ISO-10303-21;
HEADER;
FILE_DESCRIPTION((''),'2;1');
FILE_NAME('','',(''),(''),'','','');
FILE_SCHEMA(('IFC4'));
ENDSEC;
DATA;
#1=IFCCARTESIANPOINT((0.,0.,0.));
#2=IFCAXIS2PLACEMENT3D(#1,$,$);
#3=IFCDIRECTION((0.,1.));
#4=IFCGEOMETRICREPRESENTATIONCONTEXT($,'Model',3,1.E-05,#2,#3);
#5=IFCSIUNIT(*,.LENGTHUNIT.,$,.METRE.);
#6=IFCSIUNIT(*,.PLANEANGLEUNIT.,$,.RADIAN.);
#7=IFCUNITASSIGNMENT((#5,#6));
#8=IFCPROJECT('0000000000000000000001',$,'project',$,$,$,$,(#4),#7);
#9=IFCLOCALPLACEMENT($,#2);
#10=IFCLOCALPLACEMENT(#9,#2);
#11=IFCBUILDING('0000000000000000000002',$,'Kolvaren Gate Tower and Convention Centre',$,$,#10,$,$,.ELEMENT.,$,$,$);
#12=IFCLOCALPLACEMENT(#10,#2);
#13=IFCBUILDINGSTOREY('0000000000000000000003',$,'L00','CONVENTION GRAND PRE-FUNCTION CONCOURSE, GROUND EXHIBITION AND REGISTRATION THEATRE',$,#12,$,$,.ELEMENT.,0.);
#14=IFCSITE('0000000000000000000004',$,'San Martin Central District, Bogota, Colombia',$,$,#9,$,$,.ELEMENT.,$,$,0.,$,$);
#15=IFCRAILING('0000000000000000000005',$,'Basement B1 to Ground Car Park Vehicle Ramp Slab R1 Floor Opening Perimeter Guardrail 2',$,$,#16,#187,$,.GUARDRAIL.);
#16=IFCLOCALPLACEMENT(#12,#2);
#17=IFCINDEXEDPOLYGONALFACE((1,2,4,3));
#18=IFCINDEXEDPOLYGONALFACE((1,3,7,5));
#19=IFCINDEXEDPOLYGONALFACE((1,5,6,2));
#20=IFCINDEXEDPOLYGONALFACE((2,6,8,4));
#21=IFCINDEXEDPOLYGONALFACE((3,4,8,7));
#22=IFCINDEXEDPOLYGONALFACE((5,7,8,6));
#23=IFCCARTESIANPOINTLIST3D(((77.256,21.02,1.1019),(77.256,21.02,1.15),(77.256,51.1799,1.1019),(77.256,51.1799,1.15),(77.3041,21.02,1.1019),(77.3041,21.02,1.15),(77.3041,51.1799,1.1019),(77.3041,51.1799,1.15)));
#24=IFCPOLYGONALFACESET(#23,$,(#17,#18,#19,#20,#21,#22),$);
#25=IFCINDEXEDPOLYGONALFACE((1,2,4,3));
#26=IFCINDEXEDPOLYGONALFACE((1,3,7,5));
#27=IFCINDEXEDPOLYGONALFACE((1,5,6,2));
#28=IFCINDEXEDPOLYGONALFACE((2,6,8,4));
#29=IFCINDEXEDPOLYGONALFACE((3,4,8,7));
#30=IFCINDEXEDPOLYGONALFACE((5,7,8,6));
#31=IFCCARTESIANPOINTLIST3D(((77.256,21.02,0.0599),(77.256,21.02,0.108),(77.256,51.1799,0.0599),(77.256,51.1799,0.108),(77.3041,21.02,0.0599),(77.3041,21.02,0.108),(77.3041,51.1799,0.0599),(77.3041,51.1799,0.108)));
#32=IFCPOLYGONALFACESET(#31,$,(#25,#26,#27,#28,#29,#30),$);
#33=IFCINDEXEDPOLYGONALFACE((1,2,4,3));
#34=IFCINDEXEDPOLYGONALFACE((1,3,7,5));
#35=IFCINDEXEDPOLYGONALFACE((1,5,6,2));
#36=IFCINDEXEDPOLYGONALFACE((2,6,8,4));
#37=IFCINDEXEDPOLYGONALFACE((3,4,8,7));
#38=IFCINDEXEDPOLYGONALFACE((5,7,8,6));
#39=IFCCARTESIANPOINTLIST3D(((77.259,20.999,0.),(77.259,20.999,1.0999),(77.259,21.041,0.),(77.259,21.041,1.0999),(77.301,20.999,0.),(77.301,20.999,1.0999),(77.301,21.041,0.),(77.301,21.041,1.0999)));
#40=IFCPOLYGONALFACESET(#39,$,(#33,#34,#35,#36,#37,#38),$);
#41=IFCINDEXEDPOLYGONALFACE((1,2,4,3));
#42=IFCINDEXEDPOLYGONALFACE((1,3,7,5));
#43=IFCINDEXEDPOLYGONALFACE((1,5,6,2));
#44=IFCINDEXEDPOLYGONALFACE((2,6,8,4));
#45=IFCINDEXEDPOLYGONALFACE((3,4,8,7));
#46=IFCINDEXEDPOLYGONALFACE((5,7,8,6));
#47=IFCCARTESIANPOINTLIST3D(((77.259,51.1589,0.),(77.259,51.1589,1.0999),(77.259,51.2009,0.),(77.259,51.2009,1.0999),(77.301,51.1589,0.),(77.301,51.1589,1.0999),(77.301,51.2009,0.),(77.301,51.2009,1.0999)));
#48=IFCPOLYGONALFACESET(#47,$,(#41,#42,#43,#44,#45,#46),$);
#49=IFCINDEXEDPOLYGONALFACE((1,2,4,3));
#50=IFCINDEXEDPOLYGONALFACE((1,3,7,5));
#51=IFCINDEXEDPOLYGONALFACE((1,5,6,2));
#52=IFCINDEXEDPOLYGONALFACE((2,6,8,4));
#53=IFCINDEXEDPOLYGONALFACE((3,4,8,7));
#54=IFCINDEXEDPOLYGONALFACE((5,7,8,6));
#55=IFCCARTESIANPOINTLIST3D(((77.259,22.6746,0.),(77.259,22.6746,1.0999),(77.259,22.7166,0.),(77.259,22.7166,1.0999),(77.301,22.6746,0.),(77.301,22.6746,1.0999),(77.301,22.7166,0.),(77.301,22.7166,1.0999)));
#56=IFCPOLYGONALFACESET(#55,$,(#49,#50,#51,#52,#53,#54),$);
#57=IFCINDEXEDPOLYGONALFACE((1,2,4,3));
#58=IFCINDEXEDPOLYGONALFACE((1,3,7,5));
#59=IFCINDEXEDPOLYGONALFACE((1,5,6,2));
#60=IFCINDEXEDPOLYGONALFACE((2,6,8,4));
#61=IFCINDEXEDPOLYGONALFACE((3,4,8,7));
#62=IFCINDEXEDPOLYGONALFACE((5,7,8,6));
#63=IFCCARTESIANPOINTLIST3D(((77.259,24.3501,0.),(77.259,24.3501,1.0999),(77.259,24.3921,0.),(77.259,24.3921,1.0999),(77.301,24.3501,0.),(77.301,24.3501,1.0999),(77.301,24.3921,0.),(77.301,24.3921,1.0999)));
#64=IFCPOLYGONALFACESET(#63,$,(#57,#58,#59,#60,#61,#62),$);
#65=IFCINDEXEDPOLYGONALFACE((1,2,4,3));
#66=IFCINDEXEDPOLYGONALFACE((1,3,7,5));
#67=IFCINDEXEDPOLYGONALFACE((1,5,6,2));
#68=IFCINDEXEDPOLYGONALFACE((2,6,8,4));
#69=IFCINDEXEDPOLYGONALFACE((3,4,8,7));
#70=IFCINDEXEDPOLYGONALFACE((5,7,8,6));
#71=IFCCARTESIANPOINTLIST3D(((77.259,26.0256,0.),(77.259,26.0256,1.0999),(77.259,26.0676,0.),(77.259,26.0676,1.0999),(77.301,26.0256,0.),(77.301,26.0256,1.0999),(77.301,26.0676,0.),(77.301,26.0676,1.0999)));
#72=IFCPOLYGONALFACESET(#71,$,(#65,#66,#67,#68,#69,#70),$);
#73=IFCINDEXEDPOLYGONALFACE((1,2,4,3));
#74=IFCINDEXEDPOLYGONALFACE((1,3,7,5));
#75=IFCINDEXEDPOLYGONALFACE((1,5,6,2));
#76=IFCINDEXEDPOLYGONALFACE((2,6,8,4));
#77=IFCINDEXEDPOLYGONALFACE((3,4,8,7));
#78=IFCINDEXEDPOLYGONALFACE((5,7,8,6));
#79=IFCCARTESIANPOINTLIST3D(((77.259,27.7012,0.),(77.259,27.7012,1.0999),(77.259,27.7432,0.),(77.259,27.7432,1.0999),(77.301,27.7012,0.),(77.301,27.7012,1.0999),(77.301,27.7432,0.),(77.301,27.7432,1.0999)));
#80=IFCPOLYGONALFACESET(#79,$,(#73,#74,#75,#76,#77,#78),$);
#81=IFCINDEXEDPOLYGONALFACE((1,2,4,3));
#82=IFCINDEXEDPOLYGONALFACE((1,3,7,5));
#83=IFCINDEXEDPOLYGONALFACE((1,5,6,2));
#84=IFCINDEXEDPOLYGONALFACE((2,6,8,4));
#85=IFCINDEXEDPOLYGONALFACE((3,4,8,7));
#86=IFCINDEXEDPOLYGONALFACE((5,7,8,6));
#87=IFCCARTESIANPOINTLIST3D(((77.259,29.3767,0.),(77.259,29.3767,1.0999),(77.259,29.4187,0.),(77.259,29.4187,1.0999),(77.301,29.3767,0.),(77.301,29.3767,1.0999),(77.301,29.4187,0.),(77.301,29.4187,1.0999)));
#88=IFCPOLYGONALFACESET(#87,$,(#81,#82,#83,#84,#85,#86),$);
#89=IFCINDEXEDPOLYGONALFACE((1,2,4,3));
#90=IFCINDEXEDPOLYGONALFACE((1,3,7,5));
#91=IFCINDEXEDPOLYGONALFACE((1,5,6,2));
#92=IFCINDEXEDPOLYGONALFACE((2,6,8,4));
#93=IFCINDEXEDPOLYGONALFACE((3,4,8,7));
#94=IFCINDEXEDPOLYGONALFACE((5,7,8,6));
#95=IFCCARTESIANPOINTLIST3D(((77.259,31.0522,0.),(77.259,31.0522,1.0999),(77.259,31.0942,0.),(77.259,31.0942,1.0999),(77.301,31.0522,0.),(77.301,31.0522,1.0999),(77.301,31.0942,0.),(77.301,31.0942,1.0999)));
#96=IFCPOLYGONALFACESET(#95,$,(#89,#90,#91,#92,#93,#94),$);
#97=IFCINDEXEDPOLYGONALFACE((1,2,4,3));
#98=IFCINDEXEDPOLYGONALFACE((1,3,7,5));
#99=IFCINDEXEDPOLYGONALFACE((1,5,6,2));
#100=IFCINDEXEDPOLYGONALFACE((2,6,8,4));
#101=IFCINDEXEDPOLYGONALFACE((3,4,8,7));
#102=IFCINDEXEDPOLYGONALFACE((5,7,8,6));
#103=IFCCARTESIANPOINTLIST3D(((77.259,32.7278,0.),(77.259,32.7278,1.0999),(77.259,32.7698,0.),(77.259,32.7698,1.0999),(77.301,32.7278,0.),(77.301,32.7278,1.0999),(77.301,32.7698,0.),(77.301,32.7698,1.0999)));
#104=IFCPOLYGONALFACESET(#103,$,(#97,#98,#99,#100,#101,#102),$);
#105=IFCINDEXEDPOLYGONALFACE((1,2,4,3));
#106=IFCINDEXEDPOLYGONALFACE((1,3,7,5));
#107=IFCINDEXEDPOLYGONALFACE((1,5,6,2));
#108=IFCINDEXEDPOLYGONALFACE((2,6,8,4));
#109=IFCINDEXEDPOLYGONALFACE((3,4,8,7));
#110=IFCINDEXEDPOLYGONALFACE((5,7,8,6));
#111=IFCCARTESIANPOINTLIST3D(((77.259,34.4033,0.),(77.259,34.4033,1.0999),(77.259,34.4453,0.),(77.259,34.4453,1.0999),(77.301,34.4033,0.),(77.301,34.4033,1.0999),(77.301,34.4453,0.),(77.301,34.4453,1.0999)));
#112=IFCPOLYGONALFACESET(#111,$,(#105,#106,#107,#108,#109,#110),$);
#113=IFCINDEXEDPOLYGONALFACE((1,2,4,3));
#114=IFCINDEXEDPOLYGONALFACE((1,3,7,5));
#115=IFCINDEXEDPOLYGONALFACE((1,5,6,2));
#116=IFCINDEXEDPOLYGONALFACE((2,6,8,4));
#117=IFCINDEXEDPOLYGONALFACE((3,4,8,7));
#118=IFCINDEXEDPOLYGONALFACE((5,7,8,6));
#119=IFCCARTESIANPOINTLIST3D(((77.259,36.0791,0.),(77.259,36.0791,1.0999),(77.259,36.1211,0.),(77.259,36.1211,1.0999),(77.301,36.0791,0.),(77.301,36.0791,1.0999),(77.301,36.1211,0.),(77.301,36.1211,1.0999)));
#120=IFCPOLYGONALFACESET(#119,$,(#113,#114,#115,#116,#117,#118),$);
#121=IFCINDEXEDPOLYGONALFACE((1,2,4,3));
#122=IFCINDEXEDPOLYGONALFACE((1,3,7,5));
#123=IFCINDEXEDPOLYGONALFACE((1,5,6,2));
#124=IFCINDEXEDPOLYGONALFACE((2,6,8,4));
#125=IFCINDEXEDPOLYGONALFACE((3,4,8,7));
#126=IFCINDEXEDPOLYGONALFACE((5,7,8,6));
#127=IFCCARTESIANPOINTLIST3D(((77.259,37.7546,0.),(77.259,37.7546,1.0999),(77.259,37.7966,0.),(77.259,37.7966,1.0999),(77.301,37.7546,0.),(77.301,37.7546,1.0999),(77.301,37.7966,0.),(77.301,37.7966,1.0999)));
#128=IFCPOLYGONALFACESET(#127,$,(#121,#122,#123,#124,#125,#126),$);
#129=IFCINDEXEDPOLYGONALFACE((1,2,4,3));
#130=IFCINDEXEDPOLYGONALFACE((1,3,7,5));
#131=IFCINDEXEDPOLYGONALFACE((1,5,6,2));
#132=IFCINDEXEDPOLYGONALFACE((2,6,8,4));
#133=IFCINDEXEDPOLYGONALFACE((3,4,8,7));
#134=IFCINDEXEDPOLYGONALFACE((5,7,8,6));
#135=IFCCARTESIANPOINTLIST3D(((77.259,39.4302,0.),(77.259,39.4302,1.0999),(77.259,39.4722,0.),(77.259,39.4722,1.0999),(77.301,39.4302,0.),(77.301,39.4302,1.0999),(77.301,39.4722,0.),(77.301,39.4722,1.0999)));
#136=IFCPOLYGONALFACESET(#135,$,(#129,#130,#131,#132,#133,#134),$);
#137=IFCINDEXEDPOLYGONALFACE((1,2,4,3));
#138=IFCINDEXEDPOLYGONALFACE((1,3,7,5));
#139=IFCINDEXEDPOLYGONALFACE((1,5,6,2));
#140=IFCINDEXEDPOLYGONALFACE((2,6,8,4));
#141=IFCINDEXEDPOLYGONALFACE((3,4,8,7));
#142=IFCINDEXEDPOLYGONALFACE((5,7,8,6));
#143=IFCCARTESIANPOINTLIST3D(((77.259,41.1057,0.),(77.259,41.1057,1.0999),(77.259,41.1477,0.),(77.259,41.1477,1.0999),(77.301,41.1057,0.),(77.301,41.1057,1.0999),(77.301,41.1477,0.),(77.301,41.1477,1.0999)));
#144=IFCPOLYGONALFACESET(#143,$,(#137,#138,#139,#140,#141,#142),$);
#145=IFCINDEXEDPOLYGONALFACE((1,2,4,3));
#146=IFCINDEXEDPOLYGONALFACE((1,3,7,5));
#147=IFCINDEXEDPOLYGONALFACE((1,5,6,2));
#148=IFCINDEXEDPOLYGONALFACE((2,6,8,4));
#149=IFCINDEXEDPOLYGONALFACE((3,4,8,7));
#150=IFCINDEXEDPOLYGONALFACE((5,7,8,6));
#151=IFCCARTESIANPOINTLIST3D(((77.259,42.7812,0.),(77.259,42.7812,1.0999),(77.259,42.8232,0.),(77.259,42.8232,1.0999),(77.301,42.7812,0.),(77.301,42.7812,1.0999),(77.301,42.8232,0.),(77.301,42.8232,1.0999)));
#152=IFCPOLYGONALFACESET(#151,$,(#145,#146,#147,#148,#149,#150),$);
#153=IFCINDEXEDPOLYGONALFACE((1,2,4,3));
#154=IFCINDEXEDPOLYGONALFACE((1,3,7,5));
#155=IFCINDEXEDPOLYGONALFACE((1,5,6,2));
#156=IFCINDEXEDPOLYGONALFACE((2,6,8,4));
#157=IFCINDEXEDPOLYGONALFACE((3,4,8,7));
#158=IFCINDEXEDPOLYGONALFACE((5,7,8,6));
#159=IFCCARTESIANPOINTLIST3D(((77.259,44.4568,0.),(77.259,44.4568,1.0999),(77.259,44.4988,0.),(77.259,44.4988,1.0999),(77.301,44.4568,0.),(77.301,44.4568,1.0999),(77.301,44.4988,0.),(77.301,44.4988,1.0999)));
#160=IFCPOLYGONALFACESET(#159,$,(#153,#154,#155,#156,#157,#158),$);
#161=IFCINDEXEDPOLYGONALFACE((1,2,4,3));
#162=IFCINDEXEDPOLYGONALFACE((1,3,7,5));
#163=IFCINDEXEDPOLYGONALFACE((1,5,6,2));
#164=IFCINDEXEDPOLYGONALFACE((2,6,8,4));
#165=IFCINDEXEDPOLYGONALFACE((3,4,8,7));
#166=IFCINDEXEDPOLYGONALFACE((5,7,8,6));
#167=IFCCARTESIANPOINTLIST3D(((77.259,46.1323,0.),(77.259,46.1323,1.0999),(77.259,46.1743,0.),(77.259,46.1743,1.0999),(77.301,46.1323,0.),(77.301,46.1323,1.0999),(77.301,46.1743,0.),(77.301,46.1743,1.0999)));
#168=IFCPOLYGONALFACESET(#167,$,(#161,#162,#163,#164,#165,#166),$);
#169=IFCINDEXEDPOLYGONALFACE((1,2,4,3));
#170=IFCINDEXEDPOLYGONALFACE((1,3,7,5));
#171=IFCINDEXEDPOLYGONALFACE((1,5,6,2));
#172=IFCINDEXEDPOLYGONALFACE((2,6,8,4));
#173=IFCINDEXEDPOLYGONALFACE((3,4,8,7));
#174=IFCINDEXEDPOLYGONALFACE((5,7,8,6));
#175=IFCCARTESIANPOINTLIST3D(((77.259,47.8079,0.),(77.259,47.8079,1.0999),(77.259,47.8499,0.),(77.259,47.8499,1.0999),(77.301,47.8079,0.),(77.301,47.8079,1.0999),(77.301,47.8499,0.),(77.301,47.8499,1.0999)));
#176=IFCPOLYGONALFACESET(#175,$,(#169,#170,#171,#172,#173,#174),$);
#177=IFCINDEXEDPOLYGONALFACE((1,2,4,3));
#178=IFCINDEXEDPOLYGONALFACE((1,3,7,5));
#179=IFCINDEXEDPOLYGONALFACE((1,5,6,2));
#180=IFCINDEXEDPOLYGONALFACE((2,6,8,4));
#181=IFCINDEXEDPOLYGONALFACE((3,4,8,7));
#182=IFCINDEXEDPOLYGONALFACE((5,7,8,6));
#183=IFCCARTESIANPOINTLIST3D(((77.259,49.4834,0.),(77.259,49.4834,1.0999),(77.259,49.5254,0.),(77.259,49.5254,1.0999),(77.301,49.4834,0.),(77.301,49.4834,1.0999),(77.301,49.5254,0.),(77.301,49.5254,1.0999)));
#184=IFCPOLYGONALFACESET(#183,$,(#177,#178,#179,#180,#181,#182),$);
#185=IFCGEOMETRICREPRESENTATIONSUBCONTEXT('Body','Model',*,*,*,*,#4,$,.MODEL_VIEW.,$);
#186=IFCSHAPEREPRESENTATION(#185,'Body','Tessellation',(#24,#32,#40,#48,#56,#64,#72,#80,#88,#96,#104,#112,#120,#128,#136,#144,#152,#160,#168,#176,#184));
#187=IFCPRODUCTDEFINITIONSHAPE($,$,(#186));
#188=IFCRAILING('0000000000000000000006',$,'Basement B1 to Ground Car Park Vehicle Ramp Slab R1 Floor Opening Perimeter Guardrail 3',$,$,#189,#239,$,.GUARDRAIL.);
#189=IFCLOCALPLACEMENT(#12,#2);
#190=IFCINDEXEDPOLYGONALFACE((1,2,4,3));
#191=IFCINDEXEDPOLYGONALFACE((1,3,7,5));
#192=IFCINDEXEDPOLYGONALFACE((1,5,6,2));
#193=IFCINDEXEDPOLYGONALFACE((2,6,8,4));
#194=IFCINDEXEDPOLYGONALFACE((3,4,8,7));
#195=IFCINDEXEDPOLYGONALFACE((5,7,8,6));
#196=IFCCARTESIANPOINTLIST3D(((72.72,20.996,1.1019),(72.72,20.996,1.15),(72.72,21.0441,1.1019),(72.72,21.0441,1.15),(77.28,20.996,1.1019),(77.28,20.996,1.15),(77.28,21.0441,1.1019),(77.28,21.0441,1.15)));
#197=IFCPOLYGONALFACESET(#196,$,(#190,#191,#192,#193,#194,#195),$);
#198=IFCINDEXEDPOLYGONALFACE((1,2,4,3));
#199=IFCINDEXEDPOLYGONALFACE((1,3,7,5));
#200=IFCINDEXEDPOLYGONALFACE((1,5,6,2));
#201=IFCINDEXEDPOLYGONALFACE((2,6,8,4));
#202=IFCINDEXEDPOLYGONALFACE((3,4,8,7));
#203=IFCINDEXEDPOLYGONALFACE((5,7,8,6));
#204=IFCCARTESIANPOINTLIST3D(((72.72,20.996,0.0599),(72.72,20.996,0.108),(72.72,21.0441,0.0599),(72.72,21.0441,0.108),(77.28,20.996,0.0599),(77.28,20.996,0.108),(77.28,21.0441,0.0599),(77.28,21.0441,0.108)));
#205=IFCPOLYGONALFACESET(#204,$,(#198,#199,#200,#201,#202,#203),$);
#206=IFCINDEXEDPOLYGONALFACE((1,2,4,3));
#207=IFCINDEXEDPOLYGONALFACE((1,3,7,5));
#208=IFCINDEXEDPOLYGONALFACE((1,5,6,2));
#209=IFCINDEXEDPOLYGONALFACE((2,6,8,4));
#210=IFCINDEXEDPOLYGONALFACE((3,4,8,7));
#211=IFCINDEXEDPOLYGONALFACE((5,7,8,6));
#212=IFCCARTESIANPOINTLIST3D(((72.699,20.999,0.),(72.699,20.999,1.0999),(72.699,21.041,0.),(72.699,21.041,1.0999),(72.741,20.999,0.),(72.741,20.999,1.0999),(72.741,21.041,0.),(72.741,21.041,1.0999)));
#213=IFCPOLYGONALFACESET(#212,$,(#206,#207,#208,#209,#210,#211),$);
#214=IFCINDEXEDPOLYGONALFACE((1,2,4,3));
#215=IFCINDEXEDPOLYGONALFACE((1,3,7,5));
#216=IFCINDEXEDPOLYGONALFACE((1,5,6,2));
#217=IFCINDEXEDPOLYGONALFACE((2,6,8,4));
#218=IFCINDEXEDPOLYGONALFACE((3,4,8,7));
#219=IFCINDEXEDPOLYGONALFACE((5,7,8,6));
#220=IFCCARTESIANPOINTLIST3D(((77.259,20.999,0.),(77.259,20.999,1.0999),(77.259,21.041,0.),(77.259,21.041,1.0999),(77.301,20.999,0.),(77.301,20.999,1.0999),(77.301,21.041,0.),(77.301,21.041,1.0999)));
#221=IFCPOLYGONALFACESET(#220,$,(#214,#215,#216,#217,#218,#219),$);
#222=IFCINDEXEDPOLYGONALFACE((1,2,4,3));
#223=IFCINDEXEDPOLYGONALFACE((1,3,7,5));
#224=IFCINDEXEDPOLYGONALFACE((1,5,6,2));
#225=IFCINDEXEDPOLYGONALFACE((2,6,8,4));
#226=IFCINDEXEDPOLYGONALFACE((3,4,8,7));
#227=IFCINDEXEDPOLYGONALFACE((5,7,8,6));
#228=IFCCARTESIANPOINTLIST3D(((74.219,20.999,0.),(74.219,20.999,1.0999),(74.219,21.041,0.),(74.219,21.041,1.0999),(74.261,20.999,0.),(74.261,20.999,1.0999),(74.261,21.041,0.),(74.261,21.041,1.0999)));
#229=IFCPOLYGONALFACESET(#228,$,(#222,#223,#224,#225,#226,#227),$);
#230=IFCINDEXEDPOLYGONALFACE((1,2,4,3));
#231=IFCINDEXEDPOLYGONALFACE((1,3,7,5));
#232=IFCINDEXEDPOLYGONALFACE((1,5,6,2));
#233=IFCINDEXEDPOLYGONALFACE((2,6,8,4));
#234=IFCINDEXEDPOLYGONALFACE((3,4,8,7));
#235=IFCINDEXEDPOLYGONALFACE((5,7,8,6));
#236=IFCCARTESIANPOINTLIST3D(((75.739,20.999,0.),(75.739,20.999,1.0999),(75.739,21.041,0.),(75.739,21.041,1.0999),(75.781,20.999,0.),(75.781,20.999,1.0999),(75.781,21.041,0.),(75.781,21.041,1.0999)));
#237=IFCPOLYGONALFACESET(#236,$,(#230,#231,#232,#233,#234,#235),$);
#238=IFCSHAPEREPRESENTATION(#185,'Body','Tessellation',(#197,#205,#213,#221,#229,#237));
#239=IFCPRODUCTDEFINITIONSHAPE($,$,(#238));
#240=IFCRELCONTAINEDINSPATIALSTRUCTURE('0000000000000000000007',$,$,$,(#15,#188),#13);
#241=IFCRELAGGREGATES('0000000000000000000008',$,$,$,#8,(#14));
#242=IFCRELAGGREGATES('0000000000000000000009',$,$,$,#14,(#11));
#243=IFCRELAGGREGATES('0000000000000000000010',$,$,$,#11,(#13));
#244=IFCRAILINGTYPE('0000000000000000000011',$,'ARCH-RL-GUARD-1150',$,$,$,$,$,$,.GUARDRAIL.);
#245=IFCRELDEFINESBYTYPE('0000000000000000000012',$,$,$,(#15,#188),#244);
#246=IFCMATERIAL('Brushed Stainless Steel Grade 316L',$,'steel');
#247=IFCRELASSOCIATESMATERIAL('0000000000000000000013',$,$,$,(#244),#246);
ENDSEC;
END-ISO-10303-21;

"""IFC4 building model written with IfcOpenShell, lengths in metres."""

from ifc_helpers import new_model, si_unit, direction, frame, origin, origin_2d, place, context, subcontext, project, spatial, rectangle, extrude, material, type_object, element, save


model = new_model("IFC4")

# Units and contexts
model_context = context("Model", 3, precision=1e-05, world=origin(), true_north=direction((0.0, 1.0)))
body_context = subcontext(model_context, "Body", "Model", "MODEL_VIEW")
ifc_project = project(units=[si_unit("LENGTHUNIT", "METRE"), si_unit("PLANEANGLEUNIT", "RADIAN")], contexts=[model_context])

# Site, building, storey
site_placement = place(None, origin())
site = spatial("IfcSite", under=ifc_project, at=site_placement, Name="San Martin Central District, Bogota, Colombia", CompositionType="ELEMENT", RefElevation=0.0)
building_placement = place(site_placement, origin())
building = spatial("IfcBuilding", under=site, at=building_placement, Name="Kolvaren Gate Tower and Convention Centre", CompositionType="ELEMENT")
storey_placement = place(building_placement, origin())
storey = spatial("IfcBuildingStorey", under=building, at=storey_placement, Name="L00", Description="CONVENTION GRAND PRE-FUNCTION CONCOURSE, GROUND EXHIBITION AND REGISTRATION THEATRE", CompositionType="ELEMENT", Elevation=0.0)

# Railings
ifc_material_1 = material(Name="Brushed Stainless Steel Grade 316L", Category="steel")
railing_type = type_object("IfcRailingType", Name="ARCH-RL-GUARD-1150", PredefinedType="GUARDRAIL", material=ifc_material_1)
railing_1_placement = place(storey_placement, frame((77.28, 21.02, 0.0)))
element("IfcRailing", 1, at=railing_1_placement, inside=storey, type_object=railing_type, Name="Basement B1 to Ground Car Park Vehicle Ramp Slab R1 Floor Opening Perimeter Guardrail 2", PredefinedType="GUARDRAIL", context=body_context, shape_type="SweptSolid", body=[
    extrude(rectangle(XDim=0.0481, YDim=0.0481, at=origin_2d()), frame((0.0, 0.0, 1.126), z_axis=(0.0, 1.0, 0.0), x_axis=(-1.0, 0.0, 0.0)), (0.0, 0.0, 1.0), 30.1599),
    extrude(rectangle(XDim=0.0481, YDim=0.0481, at=origin_2d()), frame((0.0, 0.0, 0.084), z_axis=(0.0, 1.0, 0.0), x_axis=(-1.0, 0.0, 0.0)), (0.0, 0.0, 1.0), 30.1599),
    extrude(rectangle(XDim=0.042, YDim=0.042, at=origin_2d()), origin(), (0.0, 0.0, 1.0), 1.0999),
    extrude(rectangle(XDim=0.042, YDim=0.042, at=origin_2d()), frame((0.0, 30.1599, 0.0)), (0.0, 0.0, 1.0), 1.0999),
    extrude(rectangle(XDim=0.042, YDim=0.042, at=origin_2d()), frame((0.0, 1.6755, 0.0)), (0.0, 0.0, 1.0), 1.0999),
    extrude(rectangle(XDim=0.042, YDim=0.042, at=origin_2d()), frame((0.0, 3.3511, 0.0)), (0.0, 0.0, 1.0), 1.0999),
    extrude(rectangle(XDim=0.042, YDim=0.042, at=origin_2d()), frame((0.0, 5.0266, 0.0)), (0.0, 0.0, 1.0), 1.0999),
    extrude(rectangle(XDim=0.042, YDim=0.042, at=origin_2d()), frame((0.0, 6.7021, 0.0)), (0.0, 0.0, 1.0), 1.0999),
    extrude(rectangle(XDim=0.042, YDim=0.042, at=origin_2d()), frame((0.0, 8.3777, 0.0)), (0.0, 0.0, 1.0), 1.0999),
    extrude(rectangle(XDim=0.042, YDim=0.042, at=origin_2d()), frame((0.0, 10.0532, 0.0)), (0.0, 0.0, 1.0), 1.0999),
    extrude(rectangle(XDim=0.042, YDim=0.042, at=origin_2d()), frame((0.0, 11.7288, 0.0)), (0.0, 0.0, 1.0), 1.0999),
    extrude(rectangle(XDim=0.042, YDim=0.042, at=origin_2d()), frame((0.0, 13.4043, 0.0)), (0.0, 0.0, 1.0), 1.0999),
    extrude(rectangle(XDim=0.042, YDim=0.042, at=origin_2d()), frame((0.0, 15.0801, 0.0)), (0.0, 0.0, 1.0), 1.0999),
    extrude(rectangle(XDim=0.042, YDim=0.042, at=origin_2d()), frame((0.0, 16.7556, 0.0)), (0.0, 0.0, 1.0), 1.0999),
    extrude(rectangle(XDim=0.042, YDim=0.042, at=origin_2d()), frame((0.0, 18.4312, 0.0)), (0.0, 0.0, 1.0), 1.0999),
    extrude(rectangle(XDim=0.042, YDim=0.042, at=origin_2d()), frame((0.0, 20.1067, 0.0)), (0.0, 0.0, 1.0), 1.0999),
    extrude(rectangle(XDim=0.042, YDim=0.042, at=origin_2d()), frame((0.0, 21.7822, 0.0)), (0.0, 0.0, 1.0), 1.0999),
    extrude(rectangle(XDim=0.042, YDim=0.042, at=origin_2d()), frame((0.0, 23.4578, 0.0)), (0.0, 0.0, 1.0), 1.0999),
    extrude(rectangle(XDim=0.042, YDim=0.042, at=origin_2d()), frame((0.0, 25.1333, 0.0)), (0.0, 0.0, 1.0), 1.0999),
    extrude(rectangle(XDim=0.042, YDim=0.042, at=origin_2d()), frame((0.0, 26.8088, 0.0)), (0.0, 0.0, 1.0), 1.0999),
    extrude(rectangle(XDim=0.042, YDim=0.042, at=origin_2d()), frame((0.0, 28.4844, 0.0)), (0.0, 0.0, 1.0), 1.0999),
])
railing_2_placement = place(storey_placement, frame((72.72, 21.02, 0.0)))
element("IfcRailing", 2, at=railing_2_placement, inside=storey, type_object=railing_type, Name="Basement B1 to Ground Car Park Vehicle Ramp Slab R1 Floor Opening Perimeter Guardrail 3", PredefinedType="GUARDRAIL", context=body_context, shape_type="SweptSolid", body=[
    extrude(rectangle(XDim=0.0481, YDim=0.0481, at=origin_2d()), frame((0.0, 0.0, 1.126), z_axis=(1.0, 0.0, 0.0), x_axis=(0.0, 1.0, 0.0)), (0.0, 0.0, 1.0), 4.5601),
    extrude(rectangle(XDim=0.0481, YDim=0.0481, at=origin_2d()), frame((0.0, 0.0, 0.084), z_axis=(1.0, 0.0, 0.0), x_axis=(0.0, 1.0, 0.0)), (0.0, 0.0, 1.0), 4.5601),
    extrude(rectangle(XDim=0.042, YDim=0.042, at=origin_2d()), origin(), (0.0, 0.0, 1.0), 1.0999),
    extrude(rectangle(XDim=0.042, YDim=0.042, at=origin_2d()), frame((4.5601, 0.0, 0.0)), (0.0, 0.0, 1.0), 1.0999),
    extrude(rectangle(XDim=0.042, YDim=0.042, at=origin_2d()), frame((1.52, 0.0, 0.0)), (0.0, 0.0, 1.0), 1.0999),
    extrude(rectangle(XDim=0.042, YDim=0.042, at=origin_2d()), frame((3.04, 0.0, 0.0)), (0.0, 0.0, 1.0), 1.0999),
])

save(model, "model.ifc")
